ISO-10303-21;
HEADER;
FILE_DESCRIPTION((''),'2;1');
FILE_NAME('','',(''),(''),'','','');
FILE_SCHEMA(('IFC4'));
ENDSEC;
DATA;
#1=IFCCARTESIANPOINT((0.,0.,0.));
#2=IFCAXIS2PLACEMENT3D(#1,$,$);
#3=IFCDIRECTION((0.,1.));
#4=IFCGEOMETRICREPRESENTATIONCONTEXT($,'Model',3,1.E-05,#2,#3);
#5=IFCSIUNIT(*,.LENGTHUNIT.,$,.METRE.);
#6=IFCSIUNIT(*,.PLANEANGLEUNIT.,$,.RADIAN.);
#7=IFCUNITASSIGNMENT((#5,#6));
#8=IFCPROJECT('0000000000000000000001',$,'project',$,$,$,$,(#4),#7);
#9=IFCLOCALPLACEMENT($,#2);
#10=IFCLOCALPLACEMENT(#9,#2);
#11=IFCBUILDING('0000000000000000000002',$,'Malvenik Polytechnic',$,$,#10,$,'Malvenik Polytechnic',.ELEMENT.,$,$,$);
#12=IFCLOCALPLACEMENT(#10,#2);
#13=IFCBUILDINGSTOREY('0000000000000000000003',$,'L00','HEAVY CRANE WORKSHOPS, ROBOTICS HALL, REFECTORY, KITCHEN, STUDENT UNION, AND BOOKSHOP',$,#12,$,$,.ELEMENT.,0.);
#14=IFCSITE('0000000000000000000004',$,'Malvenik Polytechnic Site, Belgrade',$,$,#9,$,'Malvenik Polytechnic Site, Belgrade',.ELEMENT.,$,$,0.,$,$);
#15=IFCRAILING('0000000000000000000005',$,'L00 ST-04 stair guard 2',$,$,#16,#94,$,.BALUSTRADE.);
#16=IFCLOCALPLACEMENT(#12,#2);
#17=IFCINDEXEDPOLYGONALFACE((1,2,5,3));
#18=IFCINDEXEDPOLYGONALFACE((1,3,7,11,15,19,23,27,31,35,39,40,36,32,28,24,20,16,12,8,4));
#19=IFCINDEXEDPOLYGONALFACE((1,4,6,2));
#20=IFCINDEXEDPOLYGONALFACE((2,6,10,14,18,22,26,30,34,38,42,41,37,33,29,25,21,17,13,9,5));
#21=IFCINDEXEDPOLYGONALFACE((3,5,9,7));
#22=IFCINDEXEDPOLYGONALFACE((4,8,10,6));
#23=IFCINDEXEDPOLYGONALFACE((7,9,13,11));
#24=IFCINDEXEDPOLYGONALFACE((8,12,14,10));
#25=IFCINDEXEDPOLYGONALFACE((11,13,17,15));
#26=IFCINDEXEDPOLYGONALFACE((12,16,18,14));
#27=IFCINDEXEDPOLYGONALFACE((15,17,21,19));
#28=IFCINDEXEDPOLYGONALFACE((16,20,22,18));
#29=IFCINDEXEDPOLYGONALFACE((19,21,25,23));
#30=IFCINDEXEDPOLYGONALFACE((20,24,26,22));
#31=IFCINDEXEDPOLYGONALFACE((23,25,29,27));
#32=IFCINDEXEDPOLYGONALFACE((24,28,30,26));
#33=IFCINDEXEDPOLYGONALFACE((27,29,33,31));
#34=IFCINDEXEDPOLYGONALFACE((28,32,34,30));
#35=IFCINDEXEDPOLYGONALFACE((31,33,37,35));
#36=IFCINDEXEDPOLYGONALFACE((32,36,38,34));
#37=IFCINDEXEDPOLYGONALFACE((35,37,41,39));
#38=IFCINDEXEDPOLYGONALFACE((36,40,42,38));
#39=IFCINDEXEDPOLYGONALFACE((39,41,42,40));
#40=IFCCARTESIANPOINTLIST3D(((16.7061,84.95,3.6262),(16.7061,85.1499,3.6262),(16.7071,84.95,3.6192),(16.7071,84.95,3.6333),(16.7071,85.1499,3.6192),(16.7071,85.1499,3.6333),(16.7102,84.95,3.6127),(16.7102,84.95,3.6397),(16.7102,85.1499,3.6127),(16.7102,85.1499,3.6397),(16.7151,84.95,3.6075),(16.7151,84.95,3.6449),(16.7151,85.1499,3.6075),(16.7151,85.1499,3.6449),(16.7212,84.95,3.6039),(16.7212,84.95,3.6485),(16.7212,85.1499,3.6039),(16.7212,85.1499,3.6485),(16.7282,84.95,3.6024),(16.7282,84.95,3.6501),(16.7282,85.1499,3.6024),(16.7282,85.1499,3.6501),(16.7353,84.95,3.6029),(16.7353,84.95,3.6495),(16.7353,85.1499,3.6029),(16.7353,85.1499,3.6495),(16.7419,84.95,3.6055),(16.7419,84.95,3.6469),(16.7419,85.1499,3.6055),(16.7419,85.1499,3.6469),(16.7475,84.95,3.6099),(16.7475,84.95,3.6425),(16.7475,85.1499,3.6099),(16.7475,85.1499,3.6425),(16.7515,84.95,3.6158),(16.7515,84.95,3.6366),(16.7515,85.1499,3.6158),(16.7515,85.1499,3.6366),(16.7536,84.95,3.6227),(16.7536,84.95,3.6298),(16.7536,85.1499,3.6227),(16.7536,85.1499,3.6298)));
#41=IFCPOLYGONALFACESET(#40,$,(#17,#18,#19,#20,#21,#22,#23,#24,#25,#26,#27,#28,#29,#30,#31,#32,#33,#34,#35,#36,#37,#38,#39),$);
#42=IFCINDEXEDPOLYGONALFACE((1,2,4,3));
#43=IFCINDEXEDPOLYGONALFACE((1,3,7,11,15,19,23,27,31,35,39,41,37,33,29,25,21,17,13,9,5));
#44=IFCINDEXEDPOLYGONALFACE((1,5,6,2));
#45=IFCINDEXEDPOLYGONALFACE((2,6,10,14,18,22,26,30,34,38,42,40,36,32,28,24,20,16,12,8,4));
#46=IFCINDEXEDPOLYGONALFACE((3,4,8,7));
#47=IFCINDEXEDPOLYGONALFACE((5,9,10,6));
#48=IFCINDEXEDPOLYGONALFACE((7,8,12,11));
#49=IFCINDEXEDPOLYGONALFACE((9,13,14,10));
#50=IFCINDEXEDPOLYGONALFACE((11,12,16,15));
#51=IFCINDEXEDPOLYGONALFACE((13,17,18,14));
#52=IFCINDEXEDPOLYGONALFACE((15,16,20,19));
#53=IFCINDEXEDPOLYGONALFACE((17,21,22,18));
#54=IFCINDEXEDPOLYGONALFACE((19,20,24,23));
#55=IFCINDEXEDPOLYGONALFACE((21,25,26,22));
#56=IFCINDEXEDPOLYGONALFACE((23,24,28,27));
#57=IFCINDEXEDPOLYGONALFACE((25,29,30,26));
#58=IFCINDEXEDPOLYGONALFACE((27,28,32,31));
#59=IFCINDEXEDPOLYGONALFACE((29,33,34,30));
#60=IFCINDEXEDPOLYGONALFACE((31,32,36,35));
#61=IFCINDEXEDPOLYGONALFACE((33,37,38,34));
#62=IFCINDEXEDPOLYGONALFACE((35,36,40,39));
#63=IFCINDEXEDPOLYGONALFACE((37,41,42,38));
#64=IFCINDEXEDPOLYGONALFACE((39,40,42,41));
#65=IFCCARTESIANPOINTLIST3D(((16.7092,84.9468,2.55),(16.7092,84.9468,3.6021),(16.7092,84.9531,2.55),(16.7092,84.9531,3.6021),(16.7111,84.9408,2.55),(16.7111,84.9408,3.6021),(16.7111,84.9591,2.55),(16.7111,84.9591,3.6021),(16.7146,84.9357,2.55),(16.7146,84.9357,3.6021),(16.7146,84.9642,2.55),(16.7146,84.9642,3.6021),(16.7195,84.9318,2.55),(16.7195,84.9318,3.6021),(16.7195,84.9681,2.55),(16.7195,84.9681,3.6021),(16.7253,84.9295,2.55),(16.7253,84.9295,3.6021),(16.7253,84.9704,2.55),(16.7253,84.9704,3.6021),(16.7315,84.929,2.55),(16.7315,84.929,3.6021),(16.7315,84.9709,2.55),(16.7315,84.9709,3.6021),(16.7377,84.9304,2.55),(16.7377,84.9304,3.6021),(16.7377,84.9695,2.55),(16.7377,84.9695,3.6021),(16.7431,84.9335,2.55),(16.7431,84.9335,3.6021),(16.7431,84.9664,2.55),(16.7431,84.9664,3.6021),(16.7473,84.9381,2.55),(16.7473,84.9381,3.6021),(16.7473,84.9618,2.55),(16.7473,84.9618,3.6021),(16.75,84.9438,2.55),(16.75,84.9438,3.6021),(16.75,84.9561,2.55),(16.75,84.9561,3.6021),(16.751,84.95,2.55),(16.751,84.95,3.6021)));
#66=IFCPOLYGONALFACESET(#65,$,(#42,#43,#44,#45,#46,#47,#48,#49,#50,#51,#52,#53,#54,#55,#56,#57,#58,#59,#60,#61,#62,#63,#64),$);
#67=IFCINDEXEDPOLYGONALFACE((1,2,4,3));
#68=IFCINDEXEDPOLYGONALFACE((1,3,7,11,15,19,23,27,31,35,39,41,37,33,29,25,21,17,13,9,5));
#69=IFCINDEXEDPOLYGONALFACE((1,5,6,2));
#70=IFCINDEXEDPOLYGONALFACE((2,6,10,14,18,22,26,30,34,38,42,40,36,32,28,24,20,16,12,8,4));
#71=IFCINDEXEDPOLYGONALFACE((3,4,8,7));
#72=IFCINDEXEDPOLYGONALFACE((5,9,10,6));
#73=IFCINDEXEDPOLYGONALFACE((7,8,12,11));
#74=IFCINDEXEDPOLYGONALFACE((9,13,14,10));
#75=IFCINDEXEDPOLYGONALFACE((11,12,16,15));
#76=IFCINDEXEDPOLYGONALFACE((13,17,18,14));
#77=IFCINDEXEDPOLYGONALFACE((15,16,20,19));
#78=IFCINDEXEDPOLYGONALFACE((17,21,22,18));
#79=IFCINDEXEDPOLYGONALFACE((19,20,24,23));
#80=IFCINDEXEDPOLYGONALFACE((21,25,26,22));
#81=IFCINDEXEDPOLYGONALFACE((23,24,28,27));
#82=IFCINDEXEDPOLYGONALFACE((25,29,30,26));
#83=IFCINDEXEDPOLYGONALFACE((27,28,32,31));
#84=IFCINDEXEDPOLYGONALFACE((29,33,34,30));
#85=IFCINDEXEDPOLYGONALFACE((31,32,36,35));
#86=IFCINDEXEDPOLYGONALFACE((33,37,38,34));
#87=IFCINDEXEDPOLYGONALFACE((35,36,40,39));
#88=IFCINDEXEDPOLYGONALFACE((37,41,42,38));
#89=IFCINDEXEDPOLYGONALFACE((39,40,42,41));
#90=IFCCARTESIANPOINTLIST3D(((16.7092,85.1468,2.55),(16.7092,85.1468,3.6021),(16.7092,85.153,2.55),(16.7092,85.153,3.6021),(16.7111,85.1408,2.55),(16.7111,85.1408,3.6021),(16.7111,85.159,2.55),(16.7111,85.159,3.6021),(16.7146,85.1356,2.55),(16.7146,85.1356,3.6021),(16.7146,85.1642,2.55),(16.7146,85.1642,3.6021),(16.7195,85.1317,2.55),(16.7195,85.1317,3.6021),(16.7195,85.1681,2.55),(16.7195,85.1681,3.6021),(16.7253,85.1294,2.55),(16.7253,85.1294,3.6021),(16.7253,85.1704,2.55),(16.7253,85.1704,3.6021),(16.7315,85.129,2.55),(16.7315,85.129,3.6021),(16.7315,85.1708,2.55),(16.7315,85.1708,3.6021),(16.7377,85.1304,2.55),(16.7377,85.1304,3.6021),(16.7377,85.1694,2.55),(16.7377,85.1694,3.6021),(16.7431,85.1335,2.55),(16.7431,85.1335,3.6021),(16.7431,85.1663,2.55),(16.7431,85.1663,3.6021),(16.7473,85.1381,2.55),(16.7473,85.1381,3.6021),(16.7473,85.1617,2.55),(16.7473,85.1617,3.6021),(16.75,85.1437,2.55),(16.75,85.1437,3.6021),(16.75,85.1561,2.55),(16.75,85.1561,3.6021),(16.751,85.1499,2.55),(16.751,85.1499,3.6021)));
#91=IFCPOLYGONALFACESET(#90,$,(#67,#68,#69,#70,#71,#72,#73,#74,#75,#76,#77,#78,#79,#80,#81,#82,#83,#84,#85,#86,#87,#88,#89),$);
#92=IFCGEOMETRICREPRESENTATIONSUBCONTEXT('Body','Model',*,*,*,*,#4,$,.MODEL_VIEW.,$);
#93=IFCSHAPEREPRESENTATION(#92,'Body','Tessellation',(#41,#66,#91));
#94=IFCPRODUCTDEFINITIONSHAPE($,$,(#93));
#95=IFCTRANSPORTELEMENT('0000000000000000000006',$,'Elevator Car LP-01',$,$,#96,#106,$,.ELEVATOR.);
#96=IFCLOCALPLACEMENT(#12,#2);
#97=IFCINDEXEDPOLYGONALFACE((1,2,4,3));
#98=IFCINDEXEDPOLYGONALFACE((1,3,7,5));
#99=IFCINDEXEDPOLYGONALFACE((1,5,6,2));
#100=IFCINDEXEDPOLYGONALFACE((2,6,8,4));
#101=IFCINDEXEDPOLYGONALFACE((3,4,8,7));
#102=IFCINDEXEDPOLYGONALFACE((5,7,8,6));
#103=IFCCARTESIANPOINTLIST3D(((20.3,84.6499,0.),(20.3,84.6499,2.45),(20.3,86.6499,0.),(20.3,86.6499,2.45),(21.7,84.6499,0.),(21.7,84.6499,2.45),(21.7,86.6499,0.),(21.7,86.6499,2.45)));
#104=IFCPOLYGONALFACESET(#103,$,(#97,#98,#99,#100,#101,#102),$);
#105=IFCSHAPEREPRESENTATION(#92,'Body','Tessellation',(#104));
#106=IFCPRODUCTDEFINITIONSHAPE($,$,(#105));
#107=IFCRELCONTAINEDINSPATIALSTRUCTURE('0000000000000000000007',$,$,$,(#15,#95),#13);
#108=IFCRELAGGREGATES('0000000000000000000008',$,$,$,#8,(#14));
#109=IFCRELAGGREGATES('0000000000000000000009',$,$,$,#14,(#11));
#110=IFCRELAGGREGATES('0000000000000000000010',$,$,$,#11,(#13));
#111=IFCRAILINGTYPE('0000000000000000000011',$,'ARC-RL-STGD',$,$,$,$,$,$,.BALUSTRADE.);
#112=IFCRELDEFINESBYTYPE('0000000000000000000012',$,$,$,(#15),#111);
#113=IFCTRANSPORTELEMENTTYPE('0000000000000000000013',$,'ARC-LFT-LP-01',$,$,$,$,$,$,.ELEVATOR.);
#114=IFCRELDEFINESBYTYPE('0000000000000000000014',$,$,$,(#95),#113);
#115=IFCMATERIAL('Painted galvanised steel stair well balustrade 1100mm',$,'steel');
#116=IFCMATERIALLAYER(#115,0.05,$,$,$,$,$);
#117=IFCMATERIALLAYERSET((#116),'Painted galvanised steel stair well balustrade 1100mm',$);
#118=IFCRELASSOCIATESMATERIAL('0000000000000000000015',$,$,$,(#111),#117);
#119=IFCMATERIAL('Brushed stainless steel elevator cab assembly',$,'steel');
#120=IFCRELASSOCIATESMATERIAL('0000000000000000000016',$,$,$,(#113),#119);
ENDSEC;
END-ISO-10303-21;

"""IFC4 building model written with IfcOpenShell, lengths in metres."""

from ifc_helpers import new_model, si_unit, direction, frame, origin, origin_2d, place, context, subcontext, project, spatial, rectangle, circle, extrude, material, layer, layer_set, type_object, element, save


model = new_model("IFC4")

# Units and contexts
model_context = context("Model", 3, precision=1e-05, world=origin(), true_north=direction((0.0, 1.0)))
body_context = subcontext(model_context, "Body", "Model", "MODEL_VIEW")
ifc_project = project(units=[si_unit("LENGTHUNIT", "METRE"), si_unit("PLANEANGLEUNIT", "RADIAN")], contexts=[model_context])

# Site, building, storey
site_placement = place(None, origin())
site = spatial("IfcSite", under=ifc_project, at=site_placement, Name="Malvenik Polytechnic Site, Belgrade", LongName="Malvenik Polytechnic Site, Belgrade", CompositionType="ELEMENT", RefElevation=0.0)
building_placement = place(site_placement, origin())
building = spatial("IfcBuilding", under=site, at=building_placement, Name="Malvenik Polytechnic", LongName="Malvenik Polytechnic", CompositionType="ELEMENT")
storey_placement = place(building_placement, origin())
storey = spatial("IfcBuildingStorey", under=building, at=storey_placement, Name="L00", Description="HEAVY CRANE WORKSHOPS, ROBOTICS HALL, REFECTORY, KITCHEN, STUDENT UNION, AND BOOKSHOP", CompositionType="ELEMENT", Elevation=0.0)

# Railing
ifc_material_1 = material(Name="Painted galvanised steel stair well balustrade 1100mm", Category="steel")
ifc_layer_1 = layer(ifc_material_1, 0.05)
ifc_layer_set_1 = layer_set([ifc_layer_1], Name="Painted galvanised steel stair well balustrade 1100mm")
railing_type = type_object("IfcRailingType", Name="ARC-RL-STGD", PredefinedType="BALUSTRADE", material=ifc_layer_set_1)
railing_placement = place(storey_placement, frame((16.73, 84.95, 2.55)))
element("IfcRailing", 1, at=railing_placement, inside=storey, type_object=railing_type, Name="L00 ST-04 stair guard 2", PredefinedType="BALUSTRADE", context=body_context, shape_type="SweptSolid", body=[
    extrude(circle(Radius=0.0239, at=origin_2d()), frame((0.0, 0.0, 1.0762), z_axis=(0.0, 1.0, 0.0), x_axis=(-1.0, 0.0, 0.0)), (0.0, 0.0, 1.0), 0.2),
    extrude(circle(Radius=0.021, at=origin_2d()), origin(), (0.0, 0.0, 1.0), 1.052),
    extrude(circle(Radius=0.021, at=origin_2d()), frame((0.0, 0.2, 0.0)), (0.0, 0.0, 1.0), 1.052),
])

# Transport element
ifc_material_2 = material(Name="Brushed stainless steel elevator cab assembly", Category="steel")
transport_element_type = type_object("IfcTransportElementType", Name="ARC-LFT-LP-01", PredefinedType="ELEVATOR", material=ifc_material_2)
transport_element_placement = place(storey_placement, frame((21.0, 85.6499, 0.0), z_axis=(0.0, 0.0, 1.0), x_axis=(1.0, 0.0, 0.0)))
element("IfcTransportElement", 2, at=transport_element_placement, inside=storey, type_object=transport_element_type, Name="Elevator Car LP-01", PredefinedType="ELEVATOR", context=body_context, shape_type="SweptSolid", body=[
    extrude(rectangle(XDim=1.3999, YDim=2.0, at=origin_2d()), origin(), (0.0, 0.0, 1.0), 2.45),
])

save(model, "model.ifc")
